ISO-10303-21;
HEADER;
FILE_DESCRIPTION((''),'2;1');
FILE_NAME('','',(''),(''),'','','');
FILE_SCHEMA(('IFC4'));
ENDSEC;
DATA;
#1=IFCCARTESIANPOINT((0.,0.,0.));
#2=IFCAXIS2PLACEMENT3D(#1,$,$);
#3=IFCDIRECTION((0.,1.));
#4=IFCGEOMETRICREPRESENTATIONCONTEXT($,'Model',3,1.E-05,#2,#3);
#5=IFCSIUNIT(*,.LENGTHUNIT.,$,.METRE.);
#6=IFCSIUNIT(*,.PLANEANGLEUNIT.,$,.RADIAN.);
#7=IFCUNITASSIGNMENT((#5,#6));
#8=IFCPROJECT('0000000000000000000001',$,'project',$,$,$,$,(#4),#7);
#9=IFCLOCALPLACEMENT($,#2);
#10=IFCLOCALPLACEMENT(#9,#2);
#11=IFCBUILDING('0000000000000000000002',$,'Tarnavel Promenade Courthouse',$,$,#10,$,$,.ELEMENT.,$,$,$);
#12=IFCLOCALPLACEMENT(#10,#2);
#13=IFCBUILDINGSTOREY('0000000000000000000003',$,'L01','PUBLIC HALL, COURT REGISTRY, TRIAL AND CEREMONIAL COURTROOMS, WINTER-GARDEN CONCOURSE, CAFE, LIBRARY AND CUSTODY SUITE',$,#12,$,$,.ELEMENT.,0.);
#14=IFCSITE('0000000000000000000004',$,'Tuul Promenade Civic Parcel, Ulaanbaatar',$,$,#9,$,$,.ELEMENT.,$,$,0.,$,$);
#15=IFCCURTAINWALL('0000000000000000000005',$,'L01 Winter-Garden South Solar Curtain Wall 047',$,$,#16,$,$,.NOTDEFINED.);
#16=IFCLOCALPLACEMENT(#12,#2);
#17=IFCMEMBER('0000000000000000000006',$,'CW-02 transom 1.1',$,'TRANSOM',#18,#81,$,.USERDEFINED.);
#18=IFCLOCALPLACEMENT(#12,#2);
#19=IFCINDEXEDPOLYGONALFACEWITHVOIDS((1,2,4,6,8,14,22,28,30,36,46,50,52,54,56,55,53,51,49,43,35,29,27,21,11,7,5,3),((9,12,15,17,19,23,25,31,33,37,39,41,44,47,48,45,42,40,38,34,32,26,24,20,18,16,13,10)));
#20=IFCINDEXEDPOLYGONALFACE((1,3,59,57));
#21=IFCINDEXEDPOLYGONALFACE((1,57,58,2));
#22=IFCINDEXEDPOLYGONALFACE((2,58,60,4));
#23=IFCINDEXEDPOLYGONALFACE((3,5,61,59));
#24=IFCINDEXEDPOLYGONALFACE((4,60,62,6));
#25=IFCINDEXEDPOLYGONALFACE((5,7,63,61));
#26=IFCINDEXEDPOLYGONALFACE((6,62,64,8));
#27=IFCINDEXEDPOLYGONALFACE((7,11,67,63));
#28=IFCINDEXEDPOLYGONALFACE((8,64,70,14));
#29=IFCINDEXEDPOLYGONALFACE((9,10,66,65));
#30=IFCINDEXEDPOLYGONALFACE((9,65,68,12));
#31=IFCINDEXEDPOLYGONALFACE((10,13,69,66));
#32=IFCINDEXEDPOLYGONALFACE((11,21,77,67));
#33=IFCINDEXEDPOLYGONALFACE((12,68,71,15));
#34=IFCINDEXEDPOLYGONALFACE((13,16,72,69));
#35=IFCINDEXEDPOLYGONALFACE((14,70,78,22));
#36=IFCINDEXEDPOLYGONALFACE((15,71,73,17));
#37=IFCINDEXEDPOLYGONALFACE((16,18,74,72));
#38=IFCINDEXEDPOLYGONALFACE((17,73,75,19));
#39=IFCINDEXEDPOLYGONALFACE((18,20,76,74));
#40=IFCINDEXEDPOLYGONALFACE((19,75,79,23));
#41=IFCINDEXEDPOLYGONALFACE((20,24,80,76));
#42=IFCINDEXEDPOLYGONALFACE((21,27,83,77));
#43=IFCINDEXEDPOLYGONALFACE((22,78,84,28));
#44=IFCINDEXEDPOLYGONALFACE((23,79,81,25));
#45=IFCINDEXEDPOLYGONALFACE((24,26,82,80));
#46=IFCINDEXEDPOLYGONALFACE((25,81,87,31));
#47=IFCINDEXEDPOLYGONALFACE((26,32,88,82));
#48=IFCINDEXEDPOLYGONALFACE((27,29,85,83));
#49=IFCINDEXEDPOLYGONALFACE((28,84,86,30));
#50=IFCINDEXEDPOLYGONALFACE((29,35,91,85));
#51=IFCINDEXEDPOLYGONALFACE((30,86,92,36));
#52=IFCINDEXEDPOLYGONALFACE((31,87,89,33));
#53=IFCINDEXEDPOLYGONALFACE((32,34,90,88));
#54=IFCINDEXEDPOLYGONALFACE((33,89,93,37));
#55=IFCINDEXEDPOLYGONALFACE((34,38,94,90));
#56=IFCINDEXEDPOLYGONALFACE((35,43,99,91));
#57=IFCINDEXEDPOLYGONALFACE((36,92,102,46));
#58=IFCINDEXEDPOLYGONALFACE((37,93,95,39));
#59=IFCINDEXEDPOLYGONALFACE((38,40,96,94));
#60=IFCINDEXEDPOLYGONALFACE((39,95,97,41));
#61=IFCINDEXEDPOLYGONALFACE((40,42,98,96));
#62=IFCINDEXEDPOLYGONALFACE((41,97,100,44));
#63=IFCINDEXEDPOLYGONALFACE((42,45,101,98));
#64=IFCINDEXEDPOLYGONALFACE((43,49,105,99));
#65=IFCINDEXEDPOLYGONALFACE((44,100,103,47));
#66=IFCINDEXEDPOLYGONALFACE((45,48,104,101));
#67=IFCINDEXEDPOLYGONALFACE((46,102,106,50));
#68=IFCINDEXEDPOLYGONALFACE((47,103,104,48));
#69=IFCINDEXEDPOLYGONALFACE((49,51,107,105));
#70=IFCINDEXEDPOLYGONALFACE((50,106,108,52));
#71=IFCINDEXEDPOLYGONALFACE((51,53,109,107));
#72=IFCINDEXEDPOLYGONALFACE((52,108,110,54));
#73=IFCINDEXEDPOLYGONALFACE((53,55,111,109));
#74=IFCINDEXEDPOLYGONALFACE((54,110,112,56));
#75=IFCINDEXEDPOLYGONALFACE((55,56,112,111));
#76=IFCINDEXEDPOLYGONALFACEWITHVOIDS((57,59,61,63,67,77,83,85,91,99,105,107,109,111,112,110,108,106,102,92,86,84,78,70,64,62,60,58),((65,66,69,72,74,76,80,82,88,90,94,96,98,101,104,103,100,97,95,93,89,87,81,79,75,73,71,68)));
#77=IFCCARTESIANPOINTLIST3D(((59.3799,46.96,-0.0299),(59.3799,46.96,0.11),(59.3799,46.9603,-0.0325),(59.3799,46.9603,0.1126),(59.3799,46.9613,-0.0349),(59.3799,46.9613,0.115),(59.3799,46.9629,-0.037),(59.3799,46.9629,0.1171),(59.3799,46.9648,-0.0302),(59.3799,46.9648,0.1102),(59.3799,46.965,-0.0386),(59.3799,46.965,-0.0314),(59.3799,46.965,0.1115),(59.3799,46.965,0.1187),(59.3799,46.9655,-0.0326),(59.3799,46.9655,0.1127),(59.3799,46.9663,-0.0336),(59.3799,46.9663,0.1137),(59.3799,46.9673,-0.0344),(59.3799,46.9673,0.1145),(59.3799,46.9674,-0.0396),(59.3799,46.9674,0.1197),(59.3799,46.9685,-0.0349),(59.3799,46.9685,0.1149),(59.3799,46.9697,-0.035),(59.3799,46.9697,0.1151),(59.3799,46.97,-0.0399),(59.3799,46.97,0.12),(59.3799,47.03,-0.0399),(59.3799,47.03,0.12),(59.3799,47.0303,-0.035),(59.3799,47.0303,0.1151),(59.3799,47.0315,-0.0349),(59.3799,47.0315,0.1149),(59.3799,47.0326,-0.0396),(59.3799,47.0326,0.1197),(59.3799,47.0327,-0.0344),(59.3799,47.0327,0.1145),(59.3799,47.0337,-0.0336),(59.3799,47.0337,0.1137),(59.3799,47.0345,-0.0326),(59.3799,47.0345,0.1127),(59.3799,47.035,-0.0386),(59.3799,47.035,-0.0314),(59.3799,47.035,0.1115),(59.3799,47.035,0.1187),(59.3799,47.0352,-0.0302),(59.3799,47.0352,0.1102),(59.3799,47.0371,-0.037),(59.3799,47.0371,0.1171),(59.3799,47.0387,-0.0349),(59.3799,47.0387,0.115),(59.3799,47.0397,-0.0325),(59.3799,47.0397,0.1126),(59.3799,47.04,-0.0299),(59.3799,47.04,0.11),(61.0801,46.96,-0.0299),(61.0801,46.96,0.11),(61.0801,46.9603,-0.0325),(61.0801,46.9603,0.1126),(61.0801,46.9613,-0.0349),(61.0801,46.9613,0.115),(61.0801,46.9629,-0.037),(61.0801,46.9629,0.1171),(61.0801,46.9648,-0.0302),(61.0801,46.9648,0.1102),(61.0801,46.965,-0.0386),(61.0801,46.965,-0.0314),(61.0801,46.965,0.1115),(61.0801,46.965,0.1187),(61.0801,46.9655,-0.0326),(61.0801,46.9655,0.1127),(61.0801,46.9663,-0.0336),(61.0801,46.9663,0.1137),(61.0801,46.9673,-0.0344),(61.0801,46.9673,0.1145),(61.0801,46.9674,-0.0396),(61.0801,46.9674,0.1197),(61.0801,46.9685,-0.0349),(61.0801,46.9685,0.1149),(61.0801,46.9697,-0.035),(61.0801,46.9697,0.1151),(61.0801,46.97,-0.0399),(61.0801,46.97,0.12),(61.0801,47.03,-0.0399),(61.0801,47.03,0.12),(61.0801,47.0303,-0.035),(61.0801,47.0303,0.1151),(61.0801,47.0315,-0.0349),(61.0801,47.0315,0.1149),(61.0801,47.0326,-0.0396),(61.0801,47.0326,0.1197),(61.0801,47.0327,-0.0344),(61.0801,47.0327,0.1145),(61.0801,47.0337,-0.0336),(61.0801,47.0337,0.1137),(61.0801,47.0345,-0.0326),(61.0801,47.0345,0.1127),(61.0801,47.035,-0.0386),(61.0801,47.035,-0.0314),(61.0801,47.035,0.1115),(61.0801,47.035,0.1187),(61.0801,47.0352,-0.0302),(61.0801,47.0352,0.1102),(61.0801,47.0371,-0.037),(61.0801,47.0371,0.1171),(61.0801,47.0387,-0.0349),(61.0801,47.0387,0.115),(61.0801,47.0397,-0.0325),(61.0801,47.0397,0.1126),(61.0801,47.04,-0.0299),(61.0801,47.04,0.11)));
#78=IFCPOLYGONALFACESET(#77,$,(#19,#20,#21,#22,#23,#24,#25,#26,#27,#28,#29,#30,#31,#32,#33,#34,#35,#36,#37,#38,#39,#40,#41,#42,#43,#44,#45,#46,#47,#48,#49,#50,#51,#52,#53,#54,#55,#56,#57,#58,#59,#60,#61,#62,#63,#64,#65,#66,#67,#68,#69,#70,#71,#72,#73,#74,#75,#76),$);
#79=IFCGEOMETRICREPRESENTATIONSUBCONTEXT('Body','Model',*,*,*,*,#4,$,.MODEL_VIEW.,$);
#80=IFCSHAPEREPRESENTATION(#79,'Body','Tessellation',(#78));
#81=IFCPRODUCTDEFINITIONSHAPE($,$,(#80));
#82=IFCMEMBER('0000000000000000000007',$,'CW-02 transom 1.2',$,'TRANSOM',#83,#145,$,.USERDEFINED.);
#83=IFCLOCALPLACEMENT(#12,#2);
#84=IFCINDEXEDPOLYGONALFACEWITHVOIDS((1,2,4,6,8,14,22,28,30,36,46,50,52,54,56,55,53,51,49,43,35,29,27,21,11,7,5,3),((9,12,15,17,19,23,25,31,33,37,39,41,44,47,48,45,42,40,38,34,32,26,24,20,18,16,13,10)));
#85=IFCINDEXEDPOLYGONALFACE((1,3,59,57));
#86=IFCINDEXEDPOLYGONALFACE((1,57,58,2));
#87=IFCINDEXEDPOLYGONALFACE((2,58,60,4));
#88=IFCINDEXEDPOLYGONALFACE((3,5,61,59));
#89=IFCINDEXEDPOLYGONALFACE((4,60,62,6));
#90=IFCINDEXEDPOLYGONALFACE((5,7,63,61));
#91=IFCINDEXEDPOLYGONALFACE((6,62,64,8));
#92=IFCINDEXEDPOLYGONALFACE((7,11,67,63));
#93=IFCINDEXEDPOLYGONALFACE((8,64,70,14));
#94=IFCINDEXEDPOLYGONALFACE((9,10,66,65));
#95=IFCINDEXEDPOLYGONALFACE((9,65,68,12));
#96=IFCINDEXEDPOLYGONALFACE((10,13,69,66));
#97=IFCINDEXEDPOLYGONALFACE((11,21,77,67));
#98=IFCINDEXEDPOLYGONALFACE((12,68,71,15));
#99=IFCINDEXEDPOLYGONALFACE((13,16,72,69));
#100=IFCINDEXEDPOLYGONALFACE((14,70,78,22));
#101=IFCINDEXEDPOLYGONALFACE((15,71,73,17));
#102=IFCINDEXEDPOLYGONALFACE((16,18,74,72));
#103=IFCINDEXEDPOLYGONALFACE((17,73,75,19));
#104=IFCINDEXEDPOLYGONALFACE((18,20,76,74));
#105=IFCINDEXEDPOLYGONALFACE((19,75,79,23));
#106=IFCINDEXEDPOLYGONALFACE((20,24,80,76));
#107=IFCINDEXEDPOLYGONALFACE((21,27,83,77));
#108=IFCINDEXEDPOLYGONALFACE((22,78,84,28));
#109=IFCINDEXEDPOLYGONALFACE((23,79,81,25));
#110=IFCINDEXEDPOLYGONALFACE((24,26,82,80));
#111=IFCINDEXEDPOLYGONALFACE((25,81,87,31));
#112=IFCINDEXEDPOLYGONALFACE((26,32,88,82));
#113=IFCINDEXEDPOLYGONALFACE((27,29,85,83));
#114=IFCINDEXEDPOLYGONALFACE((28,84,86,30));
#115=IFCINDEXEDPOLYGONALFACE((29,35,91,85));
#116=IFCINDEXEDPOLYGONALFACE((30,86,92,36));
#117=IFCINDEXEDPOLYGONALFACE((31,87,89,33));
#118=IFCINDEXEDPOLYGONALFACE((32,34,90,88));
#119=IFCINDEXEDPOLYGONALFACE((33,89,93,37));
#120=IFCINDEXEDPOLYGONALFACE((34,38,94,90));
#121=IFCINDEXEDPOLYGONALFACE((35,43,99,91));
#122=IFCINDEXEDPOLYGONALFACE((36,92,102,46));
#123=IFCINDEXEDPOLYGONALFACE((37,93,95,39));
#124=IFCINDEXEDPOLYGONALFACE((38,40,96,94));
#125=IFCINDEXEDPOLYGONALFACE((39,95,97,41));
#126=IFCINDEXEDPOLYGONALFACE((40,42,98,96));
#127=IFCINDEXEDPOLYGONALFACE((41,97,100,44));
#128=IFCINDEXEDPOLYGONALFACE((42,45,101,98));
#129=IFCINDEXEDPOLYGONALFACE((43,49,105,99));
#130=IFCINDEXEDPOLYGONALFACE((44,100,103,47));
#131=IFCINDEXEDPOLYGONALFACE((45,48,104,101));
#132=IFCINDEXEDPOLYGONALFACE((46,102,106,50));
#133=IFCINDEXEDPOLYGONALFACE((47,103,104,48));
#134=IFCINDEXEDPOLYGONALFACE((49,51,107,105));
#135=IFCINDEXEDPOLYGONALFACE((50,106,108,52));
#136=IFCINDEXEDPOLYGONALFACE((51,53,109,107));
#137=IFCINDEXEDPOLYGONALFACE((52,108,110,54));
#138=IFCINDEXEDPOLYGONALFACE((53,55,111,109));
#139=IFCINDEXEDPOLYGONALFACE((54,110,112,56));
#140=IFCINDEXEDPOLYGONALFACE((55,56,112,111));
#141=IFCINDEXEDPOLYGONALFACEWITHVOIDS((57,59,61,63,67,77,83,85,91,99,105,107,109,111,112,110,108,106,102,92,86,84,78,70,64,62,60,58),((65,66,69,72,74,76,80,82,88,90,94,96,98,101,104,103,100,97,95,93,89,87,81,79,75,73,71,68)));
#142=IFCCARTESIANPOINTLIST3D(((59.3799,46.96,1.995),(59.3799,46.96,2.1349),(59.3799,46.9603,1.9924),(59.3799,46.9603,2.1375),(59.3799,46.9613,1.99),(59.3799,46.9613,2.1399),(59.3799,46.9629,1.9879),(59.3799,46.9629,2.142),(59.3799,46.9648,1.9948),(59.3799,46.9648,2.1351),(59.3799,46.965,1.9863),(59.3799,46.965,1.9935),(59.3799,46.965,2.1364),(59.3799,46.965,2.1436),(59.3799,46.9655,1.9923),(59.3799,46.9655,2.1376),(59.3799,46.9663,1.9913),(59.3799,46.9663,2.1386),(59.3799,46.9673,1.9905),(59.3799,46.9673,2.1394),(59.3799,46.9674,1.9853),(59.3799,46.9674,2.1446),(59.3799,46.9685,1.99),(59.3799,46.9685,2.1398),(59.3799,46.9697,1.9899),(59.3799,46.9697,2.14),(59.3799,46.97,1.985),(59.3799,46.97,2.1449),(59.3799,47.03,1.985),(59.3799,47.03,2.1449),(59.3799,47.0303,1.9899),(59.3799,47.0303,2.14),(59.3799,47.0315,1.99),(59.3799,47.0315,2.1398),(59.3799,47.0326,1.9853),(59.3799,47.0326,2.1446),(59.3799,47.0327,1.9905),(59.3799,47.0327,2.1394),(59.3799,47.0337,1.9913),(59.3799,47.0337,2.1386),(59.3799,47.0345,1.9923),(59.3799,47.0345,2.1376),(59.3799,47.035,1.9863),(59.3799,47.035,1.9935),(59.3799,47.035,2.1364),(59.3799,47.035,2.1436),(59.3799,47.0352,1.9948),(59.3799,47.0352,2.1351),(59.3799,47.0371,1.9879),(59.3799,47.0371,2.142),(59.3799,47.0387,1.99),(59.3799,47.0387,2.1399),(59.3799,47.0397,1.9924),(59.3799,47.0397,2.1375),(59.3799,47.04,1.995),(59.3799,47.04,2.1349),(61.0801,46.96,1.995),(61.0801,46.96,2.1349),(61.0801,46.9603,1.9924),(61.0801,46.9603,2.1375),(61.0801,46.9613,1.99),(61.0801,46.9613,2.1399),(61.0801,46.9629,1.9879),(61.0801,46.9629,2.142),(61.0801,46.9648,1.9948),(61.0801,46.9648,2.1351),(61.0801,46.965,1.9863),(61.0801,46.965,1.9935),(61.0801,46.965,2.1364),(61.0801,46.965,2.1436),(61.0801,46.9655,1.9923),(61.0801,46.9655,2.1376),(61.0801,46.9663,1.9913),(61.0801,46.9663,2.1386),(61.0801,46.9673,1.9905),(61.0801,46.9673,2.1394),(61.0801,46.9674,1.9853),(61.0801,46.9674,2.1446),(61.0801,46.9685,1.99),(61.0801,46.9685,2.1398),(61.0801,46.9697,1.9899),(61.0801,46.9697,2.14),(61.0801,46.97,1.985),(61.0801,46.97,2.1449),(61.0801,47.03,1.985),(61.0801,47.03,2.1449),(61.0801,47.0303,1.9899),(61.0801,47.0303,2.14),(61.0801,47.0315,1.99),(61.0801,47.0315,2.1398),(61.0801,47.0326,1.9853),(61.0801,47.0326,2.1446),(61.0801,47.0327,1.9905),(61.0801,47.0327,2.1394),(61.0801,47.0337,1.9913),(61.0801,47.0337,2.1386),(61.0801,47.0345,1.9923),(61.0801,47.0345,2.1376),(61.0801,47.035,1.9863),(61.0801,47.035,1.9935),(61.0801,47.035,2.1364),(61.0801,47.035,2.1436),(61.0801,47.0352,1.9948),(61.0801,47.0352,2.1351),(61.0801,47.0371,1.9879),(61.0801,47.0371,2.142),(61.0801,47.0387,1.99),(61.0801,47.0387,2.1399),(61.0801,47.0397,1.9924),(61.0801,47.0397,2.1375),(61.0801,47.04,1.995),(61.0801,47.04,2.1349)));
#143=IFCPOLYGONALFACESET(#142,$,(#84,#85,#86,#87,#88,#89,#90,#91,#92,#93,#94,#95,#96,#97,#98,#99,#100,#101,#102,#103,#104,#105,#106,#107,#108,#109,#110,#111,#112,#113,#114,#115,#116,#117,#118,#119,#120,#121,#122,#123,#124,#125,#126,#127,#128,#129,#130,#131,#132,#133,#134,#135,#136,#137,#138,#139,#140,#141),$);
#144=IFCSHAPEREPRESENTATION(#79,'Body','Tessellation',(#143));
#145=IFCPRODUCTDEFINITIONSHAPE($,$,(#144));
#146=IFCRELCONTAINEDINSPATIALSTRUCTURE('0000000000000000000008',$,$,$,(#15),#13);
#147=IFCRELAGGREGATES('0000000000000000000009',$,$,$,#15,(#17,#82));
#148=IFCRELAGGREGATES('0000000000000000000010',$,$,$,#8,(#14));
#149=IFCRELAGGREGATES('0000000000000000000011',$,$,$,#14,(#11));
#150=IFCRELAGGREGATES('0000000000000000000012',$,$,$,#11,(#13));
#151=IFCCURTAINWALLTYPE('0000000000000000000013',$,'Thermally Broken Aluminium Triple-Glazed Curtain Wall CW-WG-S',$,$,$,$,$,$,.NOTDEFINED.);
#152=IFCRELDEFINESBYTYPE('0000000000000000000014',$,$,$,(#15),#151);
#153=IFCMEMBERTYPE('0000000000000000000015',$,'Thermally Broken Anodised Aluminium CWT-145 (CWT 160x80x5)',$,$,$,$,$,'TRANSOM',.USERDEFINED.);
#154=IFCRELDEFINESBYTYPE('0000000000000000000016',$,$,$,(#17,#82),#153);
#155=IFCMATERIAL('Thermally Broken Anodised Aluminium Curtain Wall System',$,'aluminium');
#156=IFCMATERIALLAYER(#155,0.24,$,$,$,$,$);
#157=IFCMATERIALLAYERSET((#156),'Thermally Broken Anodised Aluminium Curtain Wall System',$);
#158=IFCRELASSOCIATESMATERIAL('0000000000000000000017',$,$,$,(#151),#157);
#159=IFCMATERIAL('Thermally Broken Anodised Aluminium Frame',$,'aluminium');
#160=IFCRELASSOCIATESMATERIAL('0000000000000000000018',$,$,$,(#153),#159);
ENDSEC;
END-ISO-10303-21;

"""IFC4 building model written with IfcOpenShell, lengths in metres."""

from ifc_helpers import new_model, si_unit, direction, frame, origin, origin_2d, place, context, subcontext, project, spatial, hollow_rectangle, extrude, material, layer, layer_set, material_profile, profile_set, type_object, element, aggregate, save


model = new_model("IFC4")

# Units and contexts
model_context = context("Model", 3, precision=1e-05, world=origin(), true_north=direction((0.0, 1.0)))
body_context = subcontext(model_context, "Body", "Model", "MODEL_VIEW")
ifc_project = project(units=[si_unit("LENGTHUNIT", "METRE"), si_unit("PLANEANGLEUNIT", "RADIAN")], contexts=[model_context])

# Site, building, storey
site_placement = place(None, origin())
site = spatial("IfcSite", under=ifc_project, at=site_placement, Name="Tuul Promenade Civic Parcel, Ulaanbaatar", CompositionType="ELEMENT", RefElevation=0.0)
building_placement = place(site_placement, origin())
building = spatial("IfcBuilding", under=site, at=building_placement, Name="Tarnavel Promenade Courthouse", CompositionType="ELEMENT")
storey_placement = place(building_placement, origin())
storey = spatial("IfcBuildingStorey", under=building, at=storey_placement, Name="L01", Description="PUBLIC HALL, COURT REGISTRY, TRIAL AND CEREMONIAL COURTROOMS, WINTER-GARDEN CONCOURSE, CAFE, LIBRARY AND CUSTODY SUITE", CompositionType="ELEMENT", Elevation=0.0)

# Curtain wall
ifc_material_1 = material(Name="Thermally Broken Anodised Aluminium Curtain Wall System", Category="aluminium")
ifc_layer_1 = layer(ifc_material_1, 0.24)
ifc_layer_set_1 = layer_set([ifc_layer_1], Name="Thermally Broken Anodised Aluminium Curtain Wall System")
curtain_wall_type = type_object("IfcCurtainWallType", Name="Thermally Broken Aluminium Triple-Glazed Curtain Wall CW-WG-S", PredefinedType="NOTDEFINED", material=ifc_layer_set_1)
ifc_material_2 = material(Name="Thermally Broken Anodised Aluminium Frame", Category="aluminium")
curtain_wall_1_placement = place(storey_placement, origin())
curtain_wall_1 = element("IfcCurtainWall", 1, at=curtain_wall_1_placement, inside=storey, type_object=curtain_wall_type, Name="L01 Winter-Garden South Solar Curtain Wall 047", PredefinedType="NOTDEFINED")

# Members
ifc_material_profile_1 = material_profile(ifc_material_2, hollow_rectangle(XDim=0.0801, YDim=0.1599, WallThickness=0.0049, InnerFilletRadius=0.0049, OuterFilletRadius=0.01, at=origin_2d()), Name="CWT 160x80x5")
ifc_profile_set_1 = profile_set([ifc_material_profile_1], Name="Thermally Broken Anodised Aluminium Frame")
member_type_1 = type_object("IfcMemberType", Name="Thermally Broken Anodised Aluminium CWT-145 (CWT 160x80x5)", ElementType="TRANSOM", PredefinedType="USERDEFINED", material=ifc_profile_set_1)
member_1_placement = place(storey_placement, frame((59.3799, 47.0, 0.04), z_axis=(1.0, 0.0, 0.0), x_axis=(0.0, 1.0, 0.0)))
member_1 = element("IfcMember", 2, at=member_1_placement, type_object=member_type_1, Name="CW-02 transom 1.1", ObjectType="TRANSOM", PredefinedType="USERDEFINED", context=body_context, shape_type="SweptSolid", body=[
    extrude(hollow_rectangle(XDim=0.0801, YDim=0.1599, WallThickness=0.0049, InnerFilletRadius=0.0049, OuterFilletRadius=0.01, at=origin_2d()), origin(), (0.0, 0.0, 1.0), 1.7002),
])
member_2_placement = place(storey_placement, frame((59.3799, 47.0, 2.0649), z_axis=(1.0, 0.0, 0.0), x_axis=(0.0, 1.0, 0.0)))
member_2 = element("IfcMember", 3, at=member_2_placement, type_object=member_type_1, Name="CW-02 transom 1.2", ObjectType="TRANSOM", PredefinedType="USERDEFINED", context=body_context, shape_type="SweptSolid", body=[
    extrude(hollow_rectangle(XDim=0.0801, YDim=0.1599, WallThickness=0.0049, InnerFilletRadius=0.0049, OuterFilletRadius=0.01, at=origin_2d()), origin(), (0.0, 0.0, 1.0), 1.7002),
])

aggregate(curtain_wall_1, [member_1, member_2])

save(model, "model.ifc")
